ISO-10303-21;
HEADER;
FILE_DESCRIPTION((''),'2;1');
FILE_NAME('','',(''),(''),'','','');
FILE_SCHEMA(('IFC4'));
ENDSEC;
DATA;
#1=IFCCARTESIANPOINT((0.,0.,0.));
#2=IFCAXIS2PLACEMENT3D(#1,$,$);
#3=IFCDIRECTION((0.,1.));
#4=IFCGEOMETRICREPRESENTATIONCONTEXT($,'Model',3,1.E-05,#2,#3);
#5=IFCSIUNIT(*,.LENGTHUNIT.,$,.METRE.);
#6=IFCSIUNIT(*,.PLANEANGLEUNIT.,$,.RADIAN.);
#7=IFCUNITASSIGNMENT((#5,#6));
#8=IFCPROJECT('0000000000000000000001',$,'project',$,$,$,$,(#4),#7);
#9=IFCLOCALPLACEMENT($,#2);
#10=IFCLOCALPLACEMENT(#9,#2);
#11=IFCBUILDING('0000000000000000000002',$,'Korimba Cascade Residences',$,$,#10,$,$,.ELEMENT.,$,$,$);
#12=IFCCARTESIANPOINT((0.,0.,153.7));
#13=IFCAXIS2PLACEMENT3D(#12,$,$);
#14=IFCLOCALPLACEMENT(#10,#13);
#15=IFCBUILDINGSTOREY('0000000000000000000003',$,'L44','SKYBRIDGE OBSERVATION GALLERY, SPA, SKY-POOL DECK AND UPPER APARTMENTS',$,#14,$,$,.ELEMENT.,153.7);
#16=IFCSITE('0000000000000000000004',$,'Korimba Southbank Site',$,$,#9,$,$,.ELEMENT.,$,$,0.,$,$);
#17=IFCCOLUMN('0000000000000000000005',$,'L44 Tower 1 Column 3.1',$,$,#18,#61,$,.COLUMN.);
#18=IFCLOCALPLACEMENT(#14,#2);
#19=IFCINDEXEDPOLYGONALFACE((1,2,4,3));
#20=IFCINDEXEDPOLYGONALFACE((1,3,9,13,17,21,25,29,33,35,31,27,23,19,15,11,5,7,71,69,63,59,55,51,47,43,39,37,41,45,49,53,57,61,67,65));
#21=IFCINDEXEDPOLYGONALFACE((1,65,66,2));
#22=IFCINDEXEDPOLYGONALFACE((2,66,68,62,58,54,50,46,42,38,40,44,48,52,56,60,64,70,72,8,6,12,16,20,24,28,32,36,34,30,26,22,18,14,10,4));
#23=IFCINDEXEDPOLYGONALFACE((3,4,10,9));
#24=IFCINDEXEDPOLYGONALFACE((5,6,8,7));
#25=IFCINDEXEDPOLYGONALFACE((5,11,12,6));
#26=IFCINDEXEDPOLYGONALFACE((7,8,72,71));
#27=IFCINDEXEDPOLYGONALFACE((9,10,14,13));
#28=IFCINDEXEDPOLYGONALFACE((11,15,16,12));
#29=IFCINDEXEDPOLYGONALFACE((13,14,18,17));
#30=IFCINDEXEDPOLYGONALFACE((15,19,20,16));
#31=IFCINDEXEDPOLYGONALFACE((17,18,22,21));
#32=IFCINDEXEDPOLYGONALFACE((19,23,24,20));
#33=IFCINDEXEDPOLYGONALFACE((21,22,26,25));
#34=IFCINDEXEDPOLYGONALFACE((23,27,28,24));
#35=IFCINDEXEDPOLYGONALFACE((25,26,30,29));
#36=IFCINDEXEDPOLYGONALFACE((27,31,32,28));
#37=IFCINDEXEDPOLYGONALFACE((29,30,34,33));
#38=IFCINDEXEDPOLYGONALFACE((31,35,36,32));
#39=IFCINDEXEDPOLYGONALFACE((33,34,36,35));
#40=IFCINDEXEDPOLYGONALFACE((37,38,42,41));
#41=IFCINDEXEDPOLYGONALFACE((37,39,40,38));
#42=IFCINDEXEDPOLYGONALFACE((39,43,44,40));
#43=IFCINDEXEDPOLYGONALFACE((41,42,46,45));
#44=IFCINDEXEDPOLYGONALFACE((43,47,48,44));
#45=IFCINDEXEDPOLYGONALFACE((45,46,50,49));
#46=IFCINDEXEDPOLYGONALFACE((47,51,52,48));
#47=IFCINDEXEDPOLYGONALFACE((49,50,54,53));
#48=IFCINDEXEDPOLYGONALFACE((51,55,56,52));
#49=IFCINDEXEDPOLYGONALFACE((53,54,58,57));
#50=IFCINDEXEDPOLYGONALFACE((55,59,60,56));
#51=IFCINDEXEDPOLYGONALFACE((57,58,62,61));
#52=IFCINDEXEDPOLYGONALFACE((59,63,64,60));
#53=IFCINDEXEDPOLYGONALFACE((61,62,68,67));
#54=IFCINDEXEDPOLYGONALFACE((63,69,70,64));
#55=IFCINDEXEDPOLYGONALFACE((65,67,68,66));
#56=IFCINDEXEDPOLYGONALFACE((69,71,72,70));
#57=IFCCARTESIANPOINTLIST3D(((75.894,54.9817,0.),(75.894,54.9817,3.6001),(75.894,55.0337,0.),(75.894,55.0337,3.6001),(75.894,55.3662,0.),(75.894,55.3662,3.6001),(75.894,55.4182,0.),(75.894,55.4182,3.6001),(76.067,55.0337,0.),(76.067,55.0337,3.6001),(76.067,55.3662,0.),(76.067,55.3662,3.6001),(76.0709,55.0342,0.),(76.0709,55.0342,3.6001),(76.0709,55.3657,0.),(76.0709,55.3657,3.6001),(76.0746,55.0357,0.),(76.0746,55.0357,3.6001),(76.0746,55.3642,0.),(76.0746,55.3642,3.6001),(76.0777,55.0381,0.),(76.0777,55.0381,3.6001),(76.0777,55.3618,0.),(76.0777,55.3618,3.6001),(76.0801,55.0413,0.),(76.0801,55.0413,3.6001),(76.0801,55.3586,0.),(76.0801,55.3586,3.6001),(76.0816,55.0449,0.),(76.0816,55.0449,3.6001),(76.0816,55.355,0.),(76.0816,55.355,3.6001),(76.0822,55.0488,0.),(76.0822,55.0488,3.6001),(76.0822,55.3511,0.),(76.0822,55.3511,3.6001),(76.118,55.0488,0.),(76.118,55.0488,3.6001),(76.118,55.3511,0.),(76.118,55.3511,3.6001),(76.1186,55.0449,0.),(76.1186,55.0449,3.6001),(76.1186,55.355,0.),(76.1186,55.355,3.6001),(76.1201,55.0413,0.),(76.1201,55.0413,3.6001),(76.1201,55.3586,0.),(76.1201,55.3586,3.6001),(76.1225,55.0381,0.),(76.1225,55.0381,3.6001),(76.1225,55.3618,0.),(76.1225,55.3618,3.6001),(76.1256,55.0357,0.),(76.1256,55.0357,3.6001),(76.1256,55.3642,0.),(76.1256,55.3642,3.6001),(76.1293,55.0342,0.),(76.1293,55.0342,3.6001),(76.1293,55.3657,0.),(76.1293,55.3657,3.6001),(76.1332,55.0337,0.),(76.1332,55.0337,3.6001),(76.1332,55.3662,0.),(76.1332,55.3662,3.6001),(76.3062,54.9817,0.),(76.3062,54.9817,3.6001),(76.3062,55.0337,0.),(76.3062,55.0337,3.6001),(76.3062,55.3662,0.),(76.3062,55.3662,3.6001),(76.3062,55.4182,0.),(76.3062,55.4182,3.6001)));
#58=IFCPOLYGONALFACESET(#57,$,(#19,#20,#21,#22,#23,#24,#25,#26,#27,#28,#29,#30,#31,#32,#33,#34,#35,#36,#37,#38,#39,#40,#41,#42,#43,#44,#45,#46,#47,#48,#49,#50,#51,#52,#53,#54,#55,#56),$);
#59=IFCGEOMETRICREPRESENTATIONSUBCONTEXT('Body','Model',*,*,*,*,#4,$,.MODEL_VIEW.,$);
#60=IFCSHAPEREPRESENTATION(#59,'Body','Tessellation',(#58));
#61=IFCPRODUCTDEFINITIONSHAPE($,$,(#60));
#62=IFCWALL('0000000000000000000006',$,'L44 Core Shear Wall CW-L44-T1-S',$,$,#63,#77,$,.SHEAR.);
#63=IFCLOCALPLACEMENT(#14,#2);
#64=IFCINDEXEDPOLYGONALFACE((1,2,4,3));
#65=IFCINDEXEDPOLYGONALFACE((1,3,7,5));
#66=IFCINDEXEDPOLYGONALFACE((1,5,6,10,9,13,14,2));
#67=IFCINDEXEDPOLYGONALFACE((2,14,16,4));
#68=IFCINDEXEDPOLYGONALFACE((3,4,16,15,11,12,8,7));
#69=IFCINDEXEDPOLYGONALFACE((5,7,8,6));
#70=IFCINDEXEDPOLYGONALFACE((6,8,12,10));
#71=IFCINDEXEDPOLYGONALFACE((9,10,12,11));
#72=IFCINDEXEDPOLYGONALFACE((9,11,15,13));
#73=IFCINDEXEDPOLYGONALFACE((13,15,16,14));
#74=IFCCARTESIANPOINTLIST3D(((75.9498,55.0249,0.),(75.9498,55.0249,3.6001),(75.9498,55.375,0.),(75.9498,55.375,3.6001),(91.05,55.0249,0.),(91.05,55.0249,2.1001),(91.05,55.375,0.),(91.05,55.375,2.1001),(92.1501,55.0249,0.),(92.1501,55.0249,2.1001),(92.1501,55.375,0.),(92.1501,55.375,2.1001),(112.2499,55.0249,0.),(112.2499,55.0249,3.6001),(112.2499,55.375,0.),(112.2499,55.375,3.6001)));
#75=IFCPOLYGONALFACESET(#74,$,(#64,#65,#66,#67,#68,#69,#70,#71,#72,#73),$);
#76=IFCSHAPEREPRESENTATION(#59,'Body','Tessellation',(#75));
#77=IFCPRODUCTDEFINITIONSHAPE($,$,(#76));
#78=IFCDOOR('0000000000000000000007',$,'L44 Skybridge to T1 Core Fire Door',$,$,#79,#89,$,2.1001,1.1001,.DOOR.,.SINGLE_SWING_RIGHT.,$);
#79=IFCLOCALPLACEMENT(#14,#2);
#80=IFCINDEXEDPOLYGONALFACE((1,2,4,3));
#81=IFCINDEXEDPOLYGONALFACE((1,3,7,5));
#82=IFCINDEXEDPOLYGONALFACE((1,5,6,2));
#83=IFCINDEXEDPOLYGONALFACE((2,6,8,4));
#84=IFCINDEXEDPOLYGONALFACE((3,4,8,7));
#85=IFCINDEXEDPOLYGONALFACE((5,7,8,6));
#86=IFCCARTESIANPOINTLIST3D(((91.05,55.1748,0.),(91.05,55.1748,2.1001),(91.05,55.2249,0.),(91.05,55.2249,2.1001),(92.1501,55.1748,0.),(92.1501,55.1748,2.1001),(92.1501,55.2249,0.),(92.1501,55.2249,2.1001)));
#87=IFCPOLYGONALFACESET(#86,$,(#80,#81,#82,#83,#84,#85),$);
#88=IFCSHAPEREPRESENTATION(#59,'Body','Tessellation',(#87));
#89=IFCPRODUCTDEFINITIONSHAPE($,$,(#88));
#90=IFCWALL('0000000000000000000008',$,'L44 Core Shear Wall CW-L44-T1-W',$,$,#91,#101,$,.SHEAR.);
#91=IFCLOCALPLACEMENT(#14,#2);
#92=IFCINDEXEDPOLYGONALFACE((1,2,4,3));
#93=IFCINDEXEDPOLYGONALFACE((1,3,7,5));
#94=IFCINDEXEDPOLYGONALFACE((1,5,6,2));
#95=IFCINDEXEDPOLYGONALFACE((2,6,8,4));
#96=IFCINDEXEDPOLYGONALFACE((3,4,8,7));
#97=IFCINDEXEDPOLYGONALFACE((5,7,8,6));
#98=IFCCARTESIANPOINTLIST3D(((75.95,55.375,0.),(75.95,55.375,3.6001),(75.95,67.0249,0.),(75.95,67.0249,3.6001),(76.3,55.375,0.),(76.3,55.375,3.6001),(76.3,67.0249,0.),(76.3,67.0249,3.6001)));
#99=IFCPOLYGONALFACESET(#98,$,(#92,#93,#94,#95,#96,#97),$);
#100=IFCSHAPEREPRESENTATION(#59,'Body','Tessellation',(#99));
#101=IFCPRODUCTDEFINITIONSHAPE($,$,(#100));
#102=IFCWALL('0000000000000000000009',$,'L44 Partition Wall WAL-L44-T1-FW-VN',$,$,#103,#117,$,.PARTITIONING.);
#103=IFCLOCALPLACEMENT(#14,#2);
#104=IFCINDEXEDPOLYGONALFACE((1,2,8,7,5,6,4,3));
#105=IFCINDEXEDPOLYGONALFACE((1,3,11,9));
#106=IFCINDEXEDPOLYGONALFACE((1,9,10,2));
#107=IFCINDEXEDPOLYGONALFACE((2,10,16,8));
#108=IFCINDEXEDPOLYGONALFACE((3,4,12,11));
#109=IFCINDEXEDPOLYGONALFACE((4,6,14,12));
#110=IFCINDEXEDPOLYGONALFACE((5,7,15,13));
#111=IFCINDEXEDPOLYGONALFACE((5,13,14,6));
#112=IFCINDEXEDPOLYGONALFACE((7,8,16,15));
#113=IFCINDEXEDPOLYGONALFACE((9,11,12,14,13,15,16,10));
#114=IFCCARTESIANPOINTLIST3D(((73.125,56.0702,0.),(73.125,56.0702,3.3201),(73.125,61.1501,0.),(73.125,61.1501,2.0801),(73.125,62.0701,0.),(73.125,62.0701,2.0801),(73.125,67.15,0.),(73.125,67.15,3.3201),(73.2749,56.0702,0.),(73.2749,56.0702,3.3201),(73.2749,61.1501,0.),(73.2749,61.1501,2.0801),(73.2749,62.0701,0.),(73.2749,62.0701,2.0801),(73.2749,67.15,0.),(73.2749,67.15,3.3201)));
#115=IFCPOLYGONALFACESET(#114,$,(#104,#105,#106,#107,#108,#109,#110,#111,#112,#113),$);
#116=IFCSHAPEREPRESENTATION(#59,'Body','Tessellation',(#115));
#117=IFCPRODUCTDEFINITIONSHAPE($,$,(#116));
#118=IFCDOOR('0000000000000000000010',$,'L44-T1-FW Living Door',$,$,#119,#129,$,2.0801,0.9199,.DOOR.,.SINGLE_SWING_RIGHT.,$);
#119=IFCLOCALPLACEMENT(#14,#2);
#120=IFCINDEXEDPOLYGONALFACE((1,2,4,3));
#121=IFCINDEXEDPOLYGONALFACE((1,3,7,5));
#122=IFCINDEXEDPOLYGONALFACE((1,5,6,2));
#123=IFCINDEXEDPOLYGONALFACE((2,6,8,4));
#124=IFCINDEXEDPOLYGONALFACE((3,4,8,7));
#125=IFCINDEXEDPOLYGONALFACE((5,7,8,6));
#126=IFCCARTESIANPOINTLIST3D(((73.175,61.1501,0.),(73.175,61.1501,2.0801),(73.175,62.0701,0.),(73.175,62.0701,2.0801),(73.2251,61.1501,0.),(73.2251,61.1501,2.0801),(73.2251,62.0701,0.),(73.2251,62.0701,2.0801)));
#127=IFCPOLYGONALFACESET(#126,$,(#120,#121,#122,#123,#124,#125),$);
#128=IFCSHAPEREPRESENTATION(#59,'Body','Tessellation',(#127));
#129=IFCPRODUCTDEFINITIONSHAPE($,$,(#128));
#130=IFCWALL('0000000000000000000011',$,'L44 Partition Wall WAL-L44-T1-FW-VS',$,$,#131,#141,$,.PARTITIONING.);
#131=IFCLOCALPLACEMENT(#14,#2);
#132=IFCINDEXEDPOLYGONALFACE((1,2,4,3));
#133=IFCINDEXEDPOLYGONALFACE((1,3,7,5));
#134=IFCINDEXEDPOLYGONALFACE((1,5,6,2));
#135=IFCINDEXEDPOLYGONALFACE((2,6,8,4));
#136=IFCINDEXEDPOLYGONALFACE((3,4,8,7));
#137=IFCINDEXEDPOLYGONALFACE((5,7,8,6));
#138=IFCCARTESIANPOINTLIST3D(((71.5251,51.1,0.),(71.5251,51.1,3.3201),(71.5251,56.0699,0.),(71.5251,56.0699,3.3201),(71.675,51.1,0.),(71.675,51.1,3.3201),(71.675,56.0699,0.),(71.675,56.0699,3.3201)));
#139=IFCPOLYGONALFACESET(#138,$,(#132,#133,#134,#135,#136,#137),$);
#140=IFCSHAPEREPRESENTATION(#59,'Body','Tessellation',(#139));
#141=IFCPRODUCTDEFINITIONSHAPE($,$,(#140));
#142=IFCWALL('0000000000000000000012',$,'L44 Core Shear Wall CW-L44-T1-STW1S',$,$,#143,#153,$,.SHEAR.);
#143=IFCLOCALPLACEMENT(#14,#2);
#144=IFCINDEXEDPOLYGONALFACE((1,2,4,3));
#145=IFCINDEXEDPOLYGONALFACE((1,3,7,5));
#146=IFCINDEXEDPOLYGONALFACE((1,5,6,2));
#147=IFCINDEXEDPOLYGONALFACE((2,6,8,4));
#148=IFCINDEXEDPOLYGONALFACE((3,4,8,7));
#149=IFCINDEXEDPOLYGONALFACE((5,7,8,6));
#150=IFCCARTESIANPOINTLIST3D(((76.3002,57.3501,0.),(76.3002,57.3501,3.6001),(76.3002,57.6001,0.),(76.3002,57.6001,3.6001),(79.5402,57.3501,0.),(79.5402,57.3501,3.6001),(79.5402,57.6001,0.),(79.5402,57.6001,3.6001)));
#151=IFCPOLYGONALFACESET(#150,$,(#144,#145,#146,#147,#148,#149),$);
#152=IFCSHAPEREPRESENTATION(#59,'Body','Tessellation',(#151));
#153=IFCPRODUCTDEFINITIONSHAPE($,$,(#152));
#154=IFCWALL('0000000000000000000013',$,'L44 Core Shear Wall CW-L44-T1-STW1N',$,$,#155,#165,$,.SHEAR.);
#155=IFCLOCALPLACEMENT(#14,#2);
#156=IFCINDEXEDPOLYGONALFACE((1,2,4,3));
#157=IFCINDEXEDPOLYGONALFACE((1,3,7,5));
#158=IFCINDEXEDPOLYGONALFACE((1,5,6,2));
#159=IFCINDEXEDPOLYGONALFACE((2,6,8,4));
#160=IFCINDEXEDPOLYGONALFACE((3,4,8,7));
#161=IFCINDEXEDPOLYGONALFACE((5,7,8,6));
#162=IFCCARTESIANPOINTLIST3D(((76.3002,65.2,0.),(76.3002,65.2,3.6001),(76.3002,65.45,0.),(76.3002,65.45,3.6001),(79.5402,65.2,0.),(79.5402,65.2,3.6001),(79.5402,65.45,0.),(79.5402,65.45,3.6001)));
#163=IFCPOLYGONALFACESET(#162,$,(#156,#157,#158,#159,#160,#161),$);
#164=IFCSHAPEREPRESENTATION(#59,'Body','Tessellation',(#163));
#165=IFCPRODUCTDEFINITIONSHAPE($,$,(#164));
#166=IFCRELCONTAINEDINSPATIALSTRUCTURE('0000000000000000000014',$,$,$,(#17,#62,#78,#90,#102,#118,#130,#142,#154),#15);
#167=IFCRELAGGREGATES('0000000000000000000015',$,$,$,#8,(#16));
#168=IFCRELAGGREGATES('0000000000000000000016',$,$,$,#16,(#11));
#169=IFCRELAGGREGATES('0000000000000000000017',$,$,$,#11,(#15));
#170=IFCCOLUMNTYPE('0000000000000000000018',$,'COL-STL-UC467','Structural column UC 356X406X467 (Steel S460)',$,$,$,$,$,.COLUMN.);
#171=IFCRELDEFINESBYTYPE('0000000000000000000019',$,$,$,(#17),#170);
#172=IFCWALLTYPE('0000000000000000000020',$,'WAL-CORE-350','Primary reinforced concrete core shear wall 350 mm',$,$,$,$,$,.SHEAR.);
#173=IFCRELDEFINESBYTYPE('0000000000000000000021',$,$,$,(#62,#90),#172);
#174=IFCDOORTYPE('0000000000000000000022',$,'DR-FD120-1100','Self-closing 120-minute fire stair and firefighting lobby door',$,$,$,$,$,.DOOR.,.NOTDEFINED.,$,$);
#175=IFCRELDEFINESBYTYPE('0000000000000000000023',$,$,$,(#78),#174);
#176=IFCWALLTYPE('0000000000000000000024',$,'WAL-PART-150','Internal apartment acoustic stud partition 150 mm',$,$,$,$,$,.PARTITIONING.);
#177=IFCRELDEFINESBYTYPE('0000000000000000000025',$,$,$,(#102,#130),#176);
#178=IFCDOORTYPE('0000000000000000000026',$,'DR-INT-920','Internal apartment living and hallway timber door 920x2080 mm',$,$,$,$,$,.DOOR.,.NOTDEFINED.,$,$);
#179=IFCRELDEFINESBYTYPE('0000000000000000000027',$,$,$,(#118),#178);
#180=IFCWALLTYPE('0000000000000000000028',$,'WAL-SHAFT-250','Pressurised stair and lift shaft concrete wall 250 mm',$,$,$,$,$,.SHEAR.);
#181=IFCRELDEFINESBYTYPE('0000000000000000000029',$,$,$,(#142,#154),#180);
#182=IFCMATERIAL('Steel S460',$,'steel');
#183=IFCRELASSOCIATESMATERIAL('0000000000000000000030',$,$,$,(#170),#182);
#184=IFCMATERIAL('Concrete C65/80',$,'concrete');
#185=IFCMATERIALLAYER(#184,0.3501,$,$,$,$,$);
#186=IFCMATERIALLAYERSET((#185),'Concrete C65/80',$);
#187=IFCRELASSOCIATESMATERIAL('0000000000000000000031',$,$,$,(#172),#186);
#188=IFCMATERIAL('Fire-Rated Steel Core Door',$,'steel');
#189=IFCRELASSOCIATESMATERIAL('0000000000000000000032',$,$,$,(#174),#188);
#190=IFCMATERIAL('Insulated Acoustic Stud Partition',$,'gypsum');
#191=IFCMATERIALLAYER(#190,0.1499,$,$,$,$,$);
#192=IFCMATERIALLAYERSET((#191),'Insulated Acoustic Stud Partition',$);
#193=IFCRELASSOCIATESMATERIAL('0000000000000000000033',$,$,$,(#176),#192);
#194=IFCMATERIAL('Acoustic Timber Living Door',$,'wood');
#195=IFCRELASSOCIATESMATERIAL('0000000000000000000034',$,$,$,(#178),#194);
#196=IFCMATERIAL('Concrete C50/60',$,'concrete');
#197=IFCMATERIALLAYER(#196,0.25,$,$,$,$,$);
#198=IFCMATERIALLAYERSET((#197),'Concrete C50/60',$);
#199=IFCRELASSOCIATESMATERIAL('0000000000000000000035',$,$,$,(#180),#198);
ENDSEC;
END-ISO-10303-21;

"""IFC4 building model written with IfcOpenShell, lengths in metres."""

from ifc_helpers import new_model, si_unit, direction, frame, frame_2d, origin, origin_2d, place, context, subcontext, project, spatial, rectangle, i_section, extrude, material, layer, layer_set, material_profile, profile_set, type_object, element, fill, save


model = new_model("IFC4")

# Units and contexts
model_context = context("Model", 3, precision=1e-05, world=origin(), true_north=direction((0.0, 1.0)))
body_context = subcontext(model_context, "Body", "Model", "MODEL_VIEW")
ifc_project = project(units=[si_unit("LENGTHUNIT", "METRE"), si_unit("PLANEANGLEUNIT", "RADIAN")], contexts=[model_context])

# Site, building, storey
site_placement = place(None, origin())
site = spatial("IfcSite", under=ifc_project, at=site_placement, Name="Korimba Southbank Site", CompositionType="ELEMENT", RefElevation=0.0)
building_placement = place(site_placement, origin())
building = spatial("IfcBuilding", under=site, at=building_placement, Name="Korimba Cascade Residences", CompositionType="ELEMENT")
storey_placement = place(building_placement, frame((0.0, 0.0, 153.7)))
storey = spatial("IfcBuildingStorey", under=building, at=storey_placement, Name="L44", Description="SKYBRIDGE OBSERVATION GALLERY, SPA, SKY-POOL DECK AND UPPER APARTMENTS", CompositionType="ELEMENT", Elevation=153.7)

# Column
ifc_material_1 = material(Name="Steel S460", Category="steel")
ifc_material_profile = material_profile(ifc_material_1, i_section(OverallWidth=0.4121, OverallDepth=0.4365, WebThickness=0.0359, FlangeThickness=0.052, FilletRadius=0.0151, at=origin_2d()), Name="Steel S460")
ifc_profile_set = profile_set([ifc_material_profile], Name="Steel S460")
column_type = type_object("IfcColumnType", Name="COL-STL-UC467", Description="Structural column UC 356X406X467 (Steel S460)", PredefinedType="COLUMN", material=ifc_profile_set)
column_placement = place(storey_placement, frame((76.1001, 55.2, 0.0), z_axis=(0.0, 0.0, 1.0), x_axis=(1.0, 0.0, 0.0)))
element("IfcColumn", 1, at=column_placement, inside=storey, type_object=column_type, Name="L44 Tower 1 Column 3.1", PredefinedType="COLUMN", context=body_context, shape_type="SweptSolid", body=[
    extrude(i_section(OverallWidth=0.4121, OverallDepth=0.4365, WebThickness=0.0359, FlangeThickness=0.052, FilletRadius=0.0151, at=origin_2d()), origin(), (0.0, 0.0, 1.0), 3.6001),
])

# Wall, opening, door
ifc_material_2 = material(Name="Concrete C65/80", Category="concrete")
ifc_layer_1 = layer(ifc_material_2, 0.3501)
ifc_layer_set_1 = layer_set([ifc_layer_1], Name="Concrete C65/80")
wall_type_1 = type_object("IfcWallType", Name="WAL-CORE-350", Description="Primary reinforced concrete core shear wall 350 mm", PredefinedType="SHEAR", material=ifc_layer_set_1)
wall_1_placement = place(storey_placement, frame((75.95, 55.2, 0.0), z_axis=(0.0, 0.0, 1.0), x_axis=(1.0, 0.0, 0.0)))
wall_1 = element("IfcWall", 2, at=wall_1_placement, inside=storey, type_object=wall_type_1, Name="L44 Core Shear Wall CW-L44-T1-S", PredefinedType="SHEAR", context=body_context, shape_type="SweptSolid", body=[
    extrude(rectangle(XDim=36.3, YDim=0.3501, at=frame_2d((18.1499, 0.0))), origin(), (0.0, 0.0, 1.0), 3.6001),
])
opening_1_placement = place(wall_1_placement, frame((15.1001, 0.0, 0.0)))
opening_1 = element("IfcOpeningElement", 3, at=opening_1_placement, cuts=wall_1, PredefinedType="OPENING", context=body_context, shape_type="SweptSolid", body=[
    extrude(rectangle(XDim=1.1001, YDim=2.1001, at=frame_2d((0.55, 1.05))), frame((0.0, 0.1851, 0.0), z_axis=(0.0, -1.0, 0.0), x_axis=(1.0, 0.0, 0.0)), (0.0, 0.0, 1.0), 0.3701),
])
ifc_material_3 = material(Name="Fire-Rated Steel Core Door", Category="steel")
door_type_1 = type_object("IfcDoorType", Name="DR-FD120-1100", Description="Self-closing 120-minute fire stair and firefighting lobby door", OperationType="NOTDEFINED", PredefinedType="DOOR", material=ifc_material_3)
door_1_placement = place(opening_1_placement, origin())
door_1 = element("IfcDoor", 4, at=door_1_placement, inside=storey, type_object=door_type_1, Name="L44 Skybridge to T1 Core Fire Door", OperationType="SINGLE_SWING_RIGHT", OverallHeight=2.1001, OverallWidth=1.1001, PredefinedType="DOOR", context=body_context, shape_type="SweptSolid", body=[
    extrude(rectangle(XDim=1.1001, YDim=2.1001, at=frame_2d((0.55, 1.05))), frame((0.0, 0.0249, 0.0), z_axis=(0.0, -1.0, 0.0), x_axis=(1.0, 0.0, 0.0)), (0.0, 0.0, 1.0), 0.05),
])
fill(opening_1, door_1)

# Wall
wall_2_placement = place(storey_placement, frame((76.125, 55.375, 0.0), z_axis=(0.0, 0.0, 1.0), x_axis=(0.0, 1.0, 0.0)))
element("IfcWall", 5, at=wall_2_placement, inside=storey, type_object=wall_type_1, Name="L44 Core Shear Wall CW-L44-T1-W", PredefinedType="SHEAR", context=body_context, shape_type="SweptSolid", body=[
    extrude(rectangle(XDim=11.6499, YDim=0.3501, at=frame_2d((5.825, 0.0))), origin(), (0.0, 0.0, 1.0), 3.6001),
])

# Wall, opening, door
ifc_material_4 = material(Name="Insulated Acoustic Stud Partition", Category="gypsum")
ifc_layer_2 = layer(ifc_material_4, 0.1499)
ifc_layer_set_2 = layer_set([ifc_layer_2], Name="Insulated Acoustic Stud Partition")
wall_type_2 = type_object("IfcWallType", Name="WAL-PART-150", Description="Internal apartment acoustic stud partition 150 mm", PredefinedType="PARTITIONING", material=ifc_layer_set_2)
wall_3_placement = place(storey_placement, frame((73.2, 56.0701, 0.0), z_axis=(0.0, 0.0, 1.0), x_axis=(0.0, 1.0, 0.0)))
wall_3 = element("IfcWall", 6, at=wall_3_placement, inside=storey, type_object=wall_type_2, Name="L44 Partition Wall WAL-L44-T1-FW-VN", PredefinedType="PARTITIONING", context=body_context, shape_type="SweptSolid", body=[
    extrude(rectangle(XDim=11.0798, YDim=0.1499, at=frame_2d((5.54, 0.0))), origin(), (0.0, 0.0, 1.0), 3.3201),
])
opening_2_placement = place(wall_3_placement, frame((5.0801, 0.0, 0.0)))
opening_2 = element("IfcOpeningElement", 7, at=opening_2_placement, cuts=wall_3, PredefinedType="OPENING", context=body_context, shape_type="SweptSolid", body=[
    extrude(rectangle(XDim=0.9199, YDim=2.0801, at=frame_2d((0.46, 1.04))), frame((0.0, 0.085, 0.0), z_axis=(0.0, -1.0, 0.0), x_axis=(1.0, 0.0, 0.0)), (0.0, 0.0, 1.0), 0.1699),
])
ifc_material_5 = material(Name="Acoustic Timber Living Door", Category="wood")
door_type_2 = type_object("IfcDoorType", Name="DR-INT-920", Description="Internal apartment living and hallway timber door 920x2080 mm", OperationType="NOTDEFINED", PredefinedType="DOOR", material=ifc_material_5)
door_2_placement = place(opening_2_placement, origin())
door_2 = element("IfcDoor", 8, at=door_2_placement, inside=storey, type_object=door_type_2, Name="L44-T1-FW Living Door", OperationType="SINGLE_SWING_RIGHT", OverallHeight=2.0801, OverallWidth=0.9199, PredefinedType="DOOR", context=body_context, shape_type="SweptSolid", body=[
    extrude(rectangle(XDim=0.9199, YDim=2.0801, at=frame_2d((0.46, 1.04))), frame((0.0, 0.0249, 0.0), z_axis=(0.0, -1.0, 0.0), x_axis=(1.0, 0.0, 0.0)), (0.0, 0.0, 1.0), 0.05),
])
fill(opening_2, door_2)

# Walls
wall_4_placement = place(storey_placement, frame((71.6001, 51.1001, 0.0), z_axis=(0.0, 0.0, 1.0), x_axis=(0.0, 1.0, 0.0)))
element("IfcWall", 9, at=wall_4_placement, inside=storey, type_object=wall_type_2, Name="L44 Partition Wall WAL-L44-T1-FW-VS", PredefinedType="PARTITIONING", context=body_context, shape_type="SweptSolid", body=[
    extrude(rectangle(XDim=4.97, YDim=0.1499, at=frame_2d((2.4849, 0.0))), origin(), (0.0, 0.0, 1.0), 3.3201),
])
ifc_material_6 = material(Name="Concrete C50/60", Category="concrete")
ifc_layer_3 = layer(ifc_material_6, 0.25)
ifc_layer_set_3 = layer_set([ifc_layer_3], Name="Concrete C50/60")
wall_type_3 = type_object("IfcWallType", Name="WAL-SHAFT-250", Description="Pressurised stair and lift shaft concrete wall 250 mm", PredefinedType="SHEAR", material=ifc_layer_set_3)
for number, where, z_axis, x_axis, name in (
    (10, (76.3, 57.4751, 0.0), (0.0, 0.0, 1.0), (1.0, 0.0, 0.0), "L44 Core Shear Wall CW-L44-T1-STW1S"),
    (11, (76.3, 65.325, 0.0), (0.0, 0.0, 1.0), (1.0, 0.0, 0.0), "L44 Core Shear Wall CW-L44-T1-STW1N"),
):
    element("IfcWall", number, at=place(storey_placement, frame(where, z_axis=z_axis, x_axis=x_axis)), inside=storey, type_object=wall_type_3, Name=name, PredefinedType="SHEAR", context=body_context, shape_type="SweptSolid", body=[
        extrude(rectangle(XDim=3.24, YDim=0.25, at=frame_2d((1.6201, 0.0))), origin(), (0.0, 0.0, 1.0), 3.6001),
    ])

save(model, "model.ifc")
